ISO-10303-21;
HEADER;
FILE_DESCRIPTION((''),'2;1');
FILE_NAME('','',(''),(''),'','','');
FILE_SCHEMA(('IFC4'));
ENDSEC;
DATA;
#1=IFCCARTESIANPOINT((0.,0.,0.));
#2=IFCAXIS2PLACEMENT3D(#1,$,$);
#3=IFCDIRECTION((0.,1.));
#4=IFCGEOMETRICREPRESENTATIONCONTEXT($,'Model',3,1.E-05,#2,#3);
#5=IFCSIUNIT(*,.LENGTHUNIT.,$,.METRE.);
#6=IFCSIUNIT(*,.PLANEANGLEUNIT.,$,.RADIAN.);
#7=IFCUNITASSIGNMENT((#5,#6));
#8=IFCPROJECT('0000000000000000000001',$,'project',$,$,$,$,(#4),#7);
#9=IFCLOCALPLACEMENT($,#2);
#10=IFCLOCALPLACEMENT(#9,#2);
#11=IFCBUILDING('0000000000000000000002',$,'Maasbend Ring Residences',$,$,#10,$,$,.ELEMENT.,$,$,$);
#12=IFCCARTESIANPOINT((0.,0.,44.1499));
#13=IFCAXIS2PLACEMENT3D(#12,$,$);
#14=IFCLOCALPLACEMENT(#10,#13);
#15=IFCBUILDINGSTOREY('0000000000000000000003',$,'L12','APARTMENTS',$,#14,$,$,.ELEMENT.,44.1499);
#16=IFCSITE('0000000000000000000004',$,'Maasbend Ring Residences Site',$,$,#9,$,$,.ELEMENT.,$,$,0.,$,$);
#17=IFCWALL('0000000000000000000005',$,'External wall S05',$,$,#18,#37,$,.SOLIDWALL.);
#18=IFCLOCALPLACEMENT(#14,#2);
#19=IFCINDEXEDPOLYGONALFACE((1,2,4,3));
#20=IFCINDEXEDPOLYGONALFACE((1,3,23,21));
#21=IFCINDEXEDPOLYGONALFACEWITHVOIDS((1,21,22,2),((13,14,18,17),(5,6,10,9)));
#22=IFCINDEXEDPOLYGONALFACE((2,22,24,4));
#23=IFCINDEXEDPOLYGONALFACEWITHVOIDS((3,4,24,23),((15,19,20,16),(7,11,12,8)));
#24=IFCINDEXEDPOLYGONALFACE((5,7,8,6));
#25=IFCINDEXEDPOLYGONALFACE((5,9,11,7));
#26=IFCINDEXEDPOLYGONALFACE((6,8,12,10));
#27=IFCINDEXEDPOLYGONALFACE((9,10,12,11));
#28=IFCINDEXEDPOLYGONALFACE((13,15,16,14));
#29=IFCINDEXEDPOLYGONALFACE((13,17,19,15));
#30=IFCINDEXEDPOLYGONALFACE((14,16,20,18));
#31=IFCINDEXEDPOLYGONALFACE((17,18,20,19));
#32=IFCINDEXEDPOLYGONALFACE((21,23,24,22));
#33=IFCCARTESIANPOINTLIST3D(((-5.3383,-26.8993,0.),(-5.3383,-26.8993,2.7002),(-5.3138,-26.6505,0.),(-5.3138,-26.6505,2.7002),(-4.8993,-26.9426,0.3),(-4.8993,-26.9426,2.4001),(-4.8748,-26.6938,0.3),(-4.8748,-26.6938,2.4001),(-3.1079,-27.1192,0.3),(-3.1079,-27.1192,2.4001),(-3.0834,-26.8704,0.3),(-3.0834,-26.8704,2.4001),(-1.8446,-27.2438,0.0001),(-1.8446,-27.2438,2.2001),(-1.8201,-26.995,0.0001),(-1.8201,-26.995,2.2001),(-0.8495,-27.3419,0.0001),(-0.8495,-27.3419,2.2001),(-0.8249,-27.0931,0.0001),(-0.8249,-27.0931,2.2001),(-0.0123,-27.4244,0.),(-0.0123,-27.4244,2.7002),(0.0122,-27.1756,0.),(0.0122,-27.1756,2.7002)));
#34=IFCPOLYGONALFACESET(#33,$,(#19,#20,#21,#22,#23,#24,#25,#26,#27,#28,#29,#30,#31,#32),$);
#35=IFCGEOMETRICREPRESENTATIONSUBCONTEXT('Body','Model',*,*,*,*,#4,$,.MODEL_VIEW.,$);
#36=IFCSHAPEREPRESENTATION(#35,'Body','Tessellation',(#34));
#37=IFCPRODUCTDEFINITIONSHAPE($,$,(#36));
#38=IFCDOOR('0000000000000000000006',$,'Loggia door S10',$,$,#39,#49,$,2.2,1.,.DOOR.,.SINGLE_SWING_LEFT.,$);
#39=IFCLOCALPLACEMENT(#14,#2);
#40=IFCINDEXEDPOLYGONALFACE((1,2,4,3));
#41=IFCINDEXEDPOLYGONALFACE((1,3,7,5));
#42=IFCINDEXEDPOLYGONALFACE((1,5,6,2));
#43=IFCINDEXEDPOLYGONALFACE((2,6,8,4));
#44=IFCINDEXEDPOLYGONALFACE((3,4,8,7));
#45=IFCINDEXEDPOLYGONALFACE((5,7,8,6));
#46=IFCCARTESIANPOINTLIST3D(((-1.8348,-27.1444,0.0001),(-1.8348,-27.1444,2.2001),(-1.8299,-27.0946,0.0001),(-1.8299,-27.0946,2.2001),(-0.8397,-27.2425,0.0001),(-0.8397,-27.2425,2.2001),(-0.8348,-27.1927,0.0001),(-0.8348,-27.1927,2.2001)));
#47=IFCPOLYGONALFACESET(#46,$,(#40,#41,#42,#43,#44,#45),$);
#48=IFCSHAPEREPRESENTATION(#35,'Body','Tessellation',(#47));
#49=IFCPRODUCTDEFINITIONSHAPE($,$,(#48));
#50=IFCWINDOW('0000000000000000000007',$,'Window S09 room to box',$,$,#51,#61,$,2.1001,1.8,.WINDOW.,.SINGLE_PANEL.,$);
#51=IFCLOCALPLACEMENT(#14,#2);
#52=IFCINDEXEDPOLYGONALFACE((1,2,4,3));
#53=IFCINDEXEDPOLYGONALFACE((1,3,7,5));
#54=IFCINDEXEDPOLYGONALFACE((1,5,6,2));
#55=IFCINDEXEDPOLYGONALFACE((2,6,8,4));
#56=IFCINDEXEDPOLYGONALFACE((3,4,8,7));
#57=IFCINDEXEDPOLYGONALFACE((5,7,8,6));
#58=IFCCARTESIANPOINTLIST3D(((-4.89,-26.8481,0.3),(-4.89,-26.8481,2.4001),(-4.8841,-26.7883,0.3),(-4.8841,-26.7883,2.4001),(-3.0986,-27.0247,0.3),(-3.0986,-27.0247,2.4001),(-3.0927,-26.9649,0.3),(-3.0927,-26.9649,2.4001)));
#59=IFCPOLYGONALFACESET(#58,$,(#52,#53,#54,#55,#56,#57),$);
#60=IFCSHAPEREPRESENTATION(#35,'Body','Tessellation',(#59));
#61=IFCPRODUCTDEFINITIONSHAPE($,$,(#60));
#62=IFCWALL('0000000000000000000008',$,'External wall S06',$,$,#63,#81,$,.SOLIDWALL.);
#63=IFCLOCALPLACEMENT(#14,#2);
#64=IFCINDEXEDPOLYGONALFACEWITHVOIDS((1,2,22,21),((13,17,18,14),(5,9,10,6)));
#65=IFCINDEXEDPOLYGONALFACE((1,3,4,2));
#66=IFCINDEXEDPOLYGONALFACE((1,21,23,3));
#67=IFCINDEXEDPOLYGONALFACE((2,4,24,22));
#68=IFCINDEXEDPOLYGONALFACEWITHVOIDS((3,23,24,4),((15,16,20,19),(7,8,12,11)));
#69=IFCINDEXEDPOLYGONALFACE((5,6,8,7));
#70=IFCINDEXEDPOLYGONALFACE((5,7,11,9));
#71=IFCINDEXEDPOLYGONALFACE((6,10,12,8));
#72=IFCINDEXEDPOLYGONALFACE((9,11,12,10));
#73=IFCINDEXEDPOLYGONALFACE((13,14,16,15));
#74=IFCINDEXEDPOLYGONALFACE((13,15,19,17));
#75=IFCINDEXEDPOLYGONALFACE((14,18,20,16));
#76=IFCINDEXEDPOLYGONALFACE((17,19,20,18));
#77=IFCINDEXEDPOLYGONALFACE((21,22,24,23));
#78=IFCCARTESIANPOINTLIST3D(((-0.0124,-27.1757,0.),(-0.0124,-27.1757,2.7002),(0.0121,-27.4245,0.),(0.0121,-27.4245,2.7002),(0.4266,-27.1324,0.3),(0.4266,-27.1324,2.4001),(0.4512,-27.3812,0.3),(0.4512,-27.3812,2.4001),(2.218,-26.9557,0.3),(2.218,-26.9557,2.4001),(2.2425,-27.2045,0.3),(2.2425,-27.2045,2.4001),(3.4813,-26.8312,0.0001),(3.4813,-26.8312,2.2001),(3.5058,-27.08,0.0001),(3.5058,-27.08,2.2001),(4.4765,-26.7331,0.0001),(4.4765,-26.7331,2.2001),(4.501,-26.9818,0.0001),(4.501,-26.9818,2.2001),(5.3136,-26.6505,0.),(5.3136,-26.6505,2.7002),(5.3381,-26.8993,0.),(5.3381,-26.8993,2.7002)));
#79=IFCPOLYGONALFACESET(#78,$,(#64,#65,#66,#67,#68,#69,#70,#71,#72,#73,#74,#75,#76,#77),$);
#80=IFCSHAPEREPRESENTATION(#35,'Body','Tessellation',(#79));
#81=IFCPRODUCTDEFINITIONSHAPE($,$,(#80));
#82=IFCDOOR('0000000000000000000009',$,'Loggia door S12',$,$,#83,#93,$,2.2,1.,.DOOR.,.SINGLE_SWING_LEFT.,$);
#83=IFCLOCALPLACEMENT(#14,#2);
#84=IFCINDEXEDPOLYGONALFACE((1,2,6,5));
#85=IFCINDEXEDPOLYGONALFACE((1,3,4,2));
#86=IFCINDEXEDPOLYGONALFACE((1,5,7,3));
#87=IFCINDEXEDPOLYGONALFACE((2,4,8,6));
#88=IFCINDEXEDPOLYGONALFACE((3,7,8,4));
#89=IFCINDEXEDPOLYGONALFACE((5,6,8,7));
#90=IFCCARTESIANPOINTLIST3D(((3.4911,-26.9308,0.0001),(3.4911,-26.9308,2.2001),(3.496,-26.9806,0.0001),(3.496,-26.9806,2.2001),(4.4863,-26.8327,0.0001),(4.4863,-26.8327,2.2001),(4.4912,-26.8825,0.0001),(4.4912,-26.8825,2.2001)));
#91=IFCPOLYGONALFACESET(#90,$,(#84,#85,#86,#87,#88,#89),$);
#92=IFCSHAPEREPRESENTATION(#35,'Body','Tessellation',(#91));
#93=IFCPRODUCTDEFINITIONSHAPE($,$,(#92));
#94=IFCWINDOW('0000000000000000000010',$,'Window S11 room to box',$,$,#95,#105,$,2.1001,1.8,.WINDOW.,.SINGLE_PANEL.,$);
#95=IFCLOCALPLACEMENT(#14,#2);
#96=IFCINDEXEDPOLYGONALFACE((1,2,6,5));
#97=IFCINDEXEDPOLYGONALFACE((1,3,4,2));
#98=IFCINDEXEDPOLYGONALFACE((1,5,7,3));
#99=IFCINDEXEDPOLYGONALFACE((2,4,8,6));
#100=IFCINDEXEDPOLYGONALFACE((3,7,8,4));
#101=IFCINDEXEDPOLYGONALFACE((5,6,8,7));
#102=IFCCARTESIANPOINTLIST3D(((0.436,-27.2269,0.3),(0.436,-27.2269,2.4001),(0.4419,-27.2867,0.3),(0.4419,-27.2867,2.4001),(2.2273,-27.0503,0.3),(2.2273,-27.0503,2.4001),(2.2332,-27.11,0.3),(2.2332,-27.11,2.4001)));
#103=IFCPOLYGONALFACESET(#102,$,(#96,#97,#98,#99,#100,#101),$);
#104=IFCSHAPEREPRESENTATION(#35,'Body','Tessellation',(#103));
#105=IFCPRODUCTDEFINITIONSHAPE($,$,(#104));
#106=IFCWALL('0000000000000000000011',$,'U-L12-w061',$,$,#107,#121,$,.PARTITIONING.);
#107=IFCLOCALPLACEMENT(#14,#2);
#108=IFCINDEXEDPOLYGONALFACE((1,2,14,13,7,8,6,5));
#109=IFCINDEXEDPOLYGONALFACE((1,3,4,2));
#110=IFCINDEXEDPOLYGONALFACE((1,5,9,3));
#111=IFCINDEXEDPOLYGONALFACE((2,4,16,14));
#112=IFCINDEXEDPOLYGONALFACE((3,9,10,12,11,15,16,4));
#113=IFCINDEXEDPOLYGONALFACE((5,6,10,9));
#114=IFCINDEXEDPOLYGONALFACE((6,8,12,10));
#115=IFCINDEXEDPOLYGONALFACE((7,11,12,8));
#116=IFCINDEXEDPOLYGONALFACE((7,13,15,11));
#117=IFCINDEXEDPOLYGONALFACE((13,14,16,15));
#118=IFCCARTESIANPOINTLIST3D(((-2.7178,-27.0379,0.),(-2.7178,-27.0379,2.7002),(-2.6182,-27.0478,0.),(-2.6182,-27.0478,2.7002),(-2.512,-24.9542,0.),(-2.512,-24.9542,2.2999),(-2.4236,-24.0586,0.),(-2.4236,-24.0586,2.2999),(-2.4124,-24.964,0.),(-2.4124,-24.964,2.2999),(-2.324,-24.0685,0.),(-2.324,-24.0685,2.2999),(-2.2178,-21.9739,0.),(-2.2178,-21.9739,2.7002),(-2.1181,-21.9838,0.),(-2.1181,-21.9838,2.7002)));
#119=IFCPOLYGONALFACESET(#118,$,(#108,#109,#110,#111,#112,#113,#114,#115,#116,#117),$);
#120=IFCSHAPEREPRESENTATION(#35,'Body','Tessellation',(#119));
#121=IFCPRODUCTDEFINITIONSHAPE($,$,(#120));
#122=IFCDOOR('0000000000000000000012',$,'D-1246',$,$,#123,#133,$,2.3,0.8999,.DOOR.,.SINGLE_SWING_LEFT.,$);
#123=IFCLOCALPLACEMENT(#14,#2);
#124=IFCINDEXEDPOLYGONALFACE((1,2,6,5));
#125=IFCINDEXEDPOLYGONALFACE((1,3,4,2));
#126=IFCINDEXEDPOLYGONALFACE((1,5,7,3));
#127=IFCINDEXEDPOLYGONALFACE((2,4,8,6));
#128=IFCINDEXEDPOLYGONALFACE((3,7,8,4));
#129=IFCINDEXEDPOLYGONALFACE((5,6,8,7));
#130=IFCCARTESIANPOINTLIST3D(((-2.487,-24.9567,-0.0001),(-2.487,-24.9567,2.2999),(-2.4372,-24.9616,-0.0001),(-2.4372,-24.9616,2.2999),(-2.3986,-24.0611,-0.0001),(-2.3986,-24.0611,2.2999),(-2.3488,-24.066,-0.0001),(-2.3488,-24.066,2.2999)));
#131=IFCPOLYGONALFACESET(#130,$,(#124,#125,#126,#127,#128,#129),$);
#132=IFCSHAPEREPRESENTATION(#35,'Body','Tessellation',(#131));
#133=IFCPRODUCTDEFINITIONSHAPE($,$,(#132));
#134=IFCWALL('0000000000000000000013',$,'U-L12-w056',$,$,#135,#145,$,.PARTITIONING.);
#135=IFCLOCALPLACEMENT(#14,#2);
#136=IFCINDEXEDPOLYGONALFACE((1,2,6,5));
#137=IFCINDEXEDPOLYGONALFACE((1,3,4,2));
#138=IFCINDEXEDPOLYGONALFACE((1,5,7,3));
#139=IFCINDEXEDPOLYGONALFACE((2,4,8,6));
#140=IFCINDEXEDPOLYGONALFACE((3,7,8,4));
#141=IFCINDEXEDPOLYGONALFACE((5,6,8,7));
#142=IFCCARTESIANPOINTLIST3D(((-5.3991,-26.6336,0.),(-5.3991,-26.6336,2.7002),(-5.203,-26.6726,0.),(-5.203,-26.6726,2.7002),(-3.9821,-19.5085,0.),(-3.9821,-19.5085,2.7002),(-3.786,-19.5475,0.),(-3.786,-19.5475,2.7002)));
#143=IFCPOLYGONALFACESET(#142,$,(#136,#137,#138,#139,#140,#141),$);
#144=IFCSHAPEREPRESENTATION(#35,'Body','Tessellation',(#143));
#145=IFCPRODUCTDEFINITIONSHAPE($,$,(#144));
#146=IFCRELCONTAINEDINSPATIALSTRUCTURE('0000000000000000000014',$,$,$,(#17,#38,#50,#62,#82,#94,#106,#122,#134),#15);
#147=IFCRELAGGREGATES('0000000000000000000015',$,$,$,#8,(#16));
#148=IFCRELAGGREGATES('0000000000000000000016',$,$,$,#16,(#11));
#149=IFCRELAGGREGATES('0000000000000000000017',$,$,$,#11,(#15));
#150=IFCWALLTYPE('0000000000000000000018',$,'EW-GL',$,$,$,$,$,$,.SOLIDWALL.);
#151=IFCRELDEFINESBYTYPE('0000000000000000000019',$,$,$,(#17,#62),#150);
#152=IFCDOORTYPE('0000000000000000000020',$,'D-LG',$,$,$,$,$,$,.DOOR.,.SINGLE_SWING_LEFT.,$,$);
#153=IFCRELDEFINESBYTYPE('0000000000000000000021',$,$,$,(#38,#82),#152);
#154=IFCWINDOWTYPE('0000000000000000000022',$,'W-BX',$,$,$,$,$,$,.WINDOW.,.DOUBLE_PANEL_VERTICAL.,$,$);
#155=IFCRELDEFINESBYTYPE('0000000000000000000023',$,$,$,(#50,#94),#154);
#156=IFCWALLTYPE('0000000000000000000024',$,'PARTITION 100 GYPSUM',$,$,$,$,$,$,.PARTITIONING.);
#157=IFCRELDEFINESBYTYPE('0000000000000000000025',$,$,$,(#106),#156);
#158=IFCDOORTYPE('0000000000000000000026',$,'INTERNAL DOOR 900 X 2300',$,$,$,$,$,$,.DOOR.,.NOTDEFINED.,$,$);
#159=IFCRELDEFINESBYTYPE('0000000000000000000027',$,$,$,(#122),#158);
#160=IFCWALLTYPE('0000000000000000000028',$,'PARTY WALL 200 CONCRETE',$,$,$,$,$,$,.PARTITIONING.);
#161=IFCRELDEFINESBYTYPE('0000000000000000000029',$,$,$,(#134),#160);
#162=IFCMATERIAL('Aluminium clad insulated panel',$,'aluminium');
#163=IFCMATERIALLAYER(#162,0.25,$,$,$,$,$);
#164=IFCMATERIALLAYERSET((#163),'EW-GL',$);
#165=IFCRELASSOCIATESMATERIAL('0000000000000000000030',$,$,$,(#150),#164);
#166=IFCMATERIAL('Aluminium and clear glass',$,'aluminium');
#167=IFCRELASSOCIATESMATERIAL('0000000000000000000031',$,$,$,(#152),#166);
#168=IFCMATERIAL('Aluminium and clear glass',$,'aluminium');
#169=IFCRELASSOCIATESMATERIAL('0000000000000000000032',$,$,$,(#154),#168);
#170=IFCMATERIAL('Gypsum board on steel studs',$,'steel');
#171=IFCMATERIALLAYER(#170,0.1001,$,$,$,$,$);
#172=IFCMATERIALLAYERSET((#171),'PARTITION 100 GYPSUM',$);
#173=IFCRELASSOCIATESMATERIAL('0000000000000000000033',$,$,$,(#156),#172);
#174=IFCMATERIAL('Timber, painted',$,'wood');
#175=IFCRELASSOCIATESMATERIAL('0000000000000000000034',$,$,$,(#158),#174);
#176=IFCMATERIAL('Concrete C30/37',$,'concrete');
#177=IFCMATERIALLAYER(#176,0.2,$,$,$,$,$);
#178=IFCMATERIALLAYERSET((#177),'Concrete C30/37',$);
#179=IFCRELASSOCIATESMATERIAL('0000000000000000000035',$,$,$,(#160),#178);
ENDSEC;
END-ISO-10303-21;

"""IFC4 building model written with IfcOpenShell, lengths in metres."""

from ifc_helpers import new_model, si_unit, direction, frame, frame_2d, origin, place, context, subcontext, project, spatial, rectangle, extrude, material, layer, layer_set, type_object, element, fill, save


model = new_model("IFC4")

# Units and contexts
model_context = context("Model", 3, precision=1e-05, world=origin(), true_north=direction((0.0, 1.0)))
body_context = subcontext(model_context, "Body", "Model", "MODEL_VIEW")
ifc_project = project(units=[si_unit("LENGTHUNIT", "METRE"), si_unit("PLANEANGLEUNIT", "RADIAN")], contexts=[model_context])

# Site, building, storey
site_placement = place(None, origin())
site = spatial("IfcSite", under=ifc_project, at=site_placement, Name="Maasbend Ring Residences Site", CompositionType="ELEMENT", RefElevation=0.0)
building_placement = place(site_placement, origin())
building = spatial("IfcBuilding", under=site, at=building_placement, Name="Maasbend Ring Residences", CompositionType="ELEMENT")
storey_placement = place(building_placement, frame((0.0, 0.0, 44.1499)))
storey = spatial("IfcBuildingStorey", under=building, at=storey_placement, Name="L12", Description="APARTMENTS", CompositionType="ELEMENT", Elevation=44.1499)

# Walls, openings, doors, windows
ifc_material_1 = material(Name="Aluminium clad insulated panel", Category="aluminium")
ifc_layer_1 = layer(ifc_material_1, 0.25)
ifc_layer_set_1 = layer_set([ifc_layer_1], Name="EW-GL")
wall_type_1 = type_object("IfcWallType", Name="EW-GL", PredefinedType="SOLIDWALL", material=ifc_layer_set_1)
ifc_material_2 = material(Name="Aluminium and clear glass", Category="aluminium")
door_type_1 = type_object("IfcDoorType", Name="D-LG", OperationType="SINGLE_SWING_LEFT", PredefinedType="DOOR", material=ifc_material_2)
ifc_material_3 = material(Name="Aluminium and clear glass", Category="aluminium")
window_type_1 = type_object("IfcWindowType", Name="W-BX", PartitioningType="DOUBLE_PANEL_VERTICAL", PredefinedType="WINDOW", material=ifc_material_3)
wall_1_placement = place(storey_placement, frame((-5.3259, -26.7749, 0.0), z_axis=(0.0, 0.0, 1.0), x_axis=(0.995174, -0.098126, 0.0)))
wall_1 = element("IfcWall", 1, at=wall_1_placement, inside=storey, type_object=wall_type_1, Name="External wall S05", PredefinedType="SOLIDWALL", context=body_context, shape_type="SweptSolid", body=[
    extrude(rectangle(XDim=5.3518, YDim=0.25, at=frame_2d((2.6758, 0.0))), origin(), (0.0, 0.0, 1.0), 2.7002),
])
opening_1_placement = place(wall_1_placement, frame((0.4412, 0.0, 0.3)))
opening_1 = element("IfcOpeningElement", 2, at=opening_1_placement, cuts=wall_1, PredefinedType="OPENING", context=body_context, shape_type="SweptSolid", body=[
    extrude(rectangle(XDim=1.8, YDim=2.1001, at=frame_2d((0.8999, 1.05))), frame((0.0, 0.135, 0.0), z_axis=(0.0, -1.0, 0.0), x_axis=(1.0, 0.0, 0.0)), (0.0, 0.0, 1.0), 0.27),
])
opening_2_placement = place(wall_1_placement, frame((3.5105, 0.0, 0.0)))
opening_2 = element("IfcOpeningElement", 3, at=opening_2_placement, cuts=wall_1, PredefinedType="OPENING", context=body_context, shape_type="SweptSolid", body=[
    extrude(rectangle(XDim=1.0, YDim=2.2, at=frame_2d((0.5, 1.1001))), frame((0.0, 0.135, 0.0), z_axis=(0.0, -1.0, 0.0), x_axis=(1.0, 0.0, 0.0)), (0.0, 0.0, 1.0), 0.27),
])
door_1_placement = place(opening_2_placement, origin())
door_1 = element("IfcDoor", 4, at=door_1_placement, inside=storey, type_object=door_type_1, Name="Loggia door S10", OperationType="SINGLE_SWING_LEFT", OverallHeight=2.2, OverallWidth=1.0, PredefinedType="DOOR", context=body_context, shape_type="SweptSolid", body=[
    extrude(rectangle(XDim=1.0, YDim=2.2, at=frame_2d((0.5, 1.1001))), frame((0.0, 0.0249, 0.0), z_axis=(0.0, -1.0, 0.0), x_axis=(1.0, 0.0, 0.0)), (0.0, 0.0, 1.0), 0.05),
])
fill(opening_2, door_1)
window_1_placement = place(opening_1_placement, origin())
window_1 = element("IfcWindow", 5, at=window_1_placement, inside=storey, type_object=window_type_1, Name="Window S09 room to box", OverallHeight=2.1001, OverallWidth=1.8, PartitioningType="SINGLE_PANEL", PredefinedType="WINDOW", context=body_context, shape_type="SweptSolid", body=[
    extrude(rectangle(XDim=1.8, YDim=2.1001, at=frame_2d((0.8999, 1.05))), frame((0.0, 0.03, 0.0), z_axis=(0.0, -1.0, 0.0), x_axis=(1.0, 0.0, 0.0)), (0.0, 0.0, 1.0), 0.0601),
])
fill(opening_1, window_1)
wall_2_placement = place(storey_placement, frame((0.0, -27.3, 0.0), z_axis=(0.0, 0.0, 1.0), x_axis=(0.995174, 0.098126, 0.0)))
wall_2 = element("IfcWall", 6, at=wall_2_placement, inside=storey, type_object=wall_type_1, Name="External wall S06", PredefinedType="SOLIDWALL", context=body_context, shape_type="SweptSolid", body=[
    extrude(rectangle(XDim=5.3518, YDim=0.25, at=frame_2d((2.6758, 0.0))), origin(), (0.0, 0.0, 1.0), 2.7002),
])
opening_3_placement = place(wall_2_placement, frame((0.4412, 0.0, 0.3)))
opening_3 = element("IfcOpeningElement", 7, at=opening_3_placement, cuts=wall_2, PredefinedType="OPENING", context=body_context, shape_type="SweptSolid", body=[
    extrude(rectangle(XDim=1.8, YDim=2.1001, at=frame_2d((0.8999, 1.05))), frame((0.0, 0.135, 0.0), z_axis=(0.0, -1.0, 0.0), x_axis=(1.0, 0.0, 0.0)), (0.0, 0.0, 1.0), 0.27),
])
opening_4_placement = place(wall_2_placement, frame((3.5105, 0.0, 0.0)))
opening_4 = element("IfcOpeningElement", 8, at=opening_4_placement, cuts=wall_2, PredefinedType="OPENING", context=body_context, shape_type="SweptSolid", body=[
    extrude(rectangle(XDim=1.0, YDim=2.2, at=frame_2d((0.5, 1.1001))), frame((0.0, 0.135, 0.0), z_axis=(0.0, -1.0, 0.0), x_axis=(1.0, 0.0, 0.0)), (0.0, 0.0, 1.0), 0.27),
])
door_2_placement = place(opening_4_placement, origin())
door_2 = element("IfcDoor", 9, at=door_2_placement, inside=storey, type_object=door_type_1, Name="Loggia door S12", OperationType="SINGLE_SWING_LEFT", OverallHeight=2.2, OverallWidth=1.0, PredefinedType="DOOR", context=body_context, shape_type="SweptSolid", body=[
    extrude(rectangle(XDim=1.0, YDim=2.2, at=frame_2d((0.5, 1.1001))), frame((0.0, 0.0249, 0.0), z_axis=(0.0, -1.0, 0.0), x_axis=(1.0, 0.0, 0.0)), (0.0, 0.0, 1.0), 0.05),
])
fill(opening_4, door_2)
window_2_placement = place(opening_3_placement, origin())
window_2 = element("IfcWindow", 10, at=window_2_placement, inside=storey, type_object=window_type_1, Name="Window S11 room to box", OverallHeight=2.1001, OverallWidth=1.8, PartitioningType="SINGLE_PANEL", PredefinedType="WINDOW", context=body_context, shape_type="SweptSolid", body=[
    extrude(rectangle(XDim=1.8, YDim=2.1001, at=frame_2d((0.8999, 1.05))), frame((0.0, 0.03, 0.0), z_axis=(0.0, -1.0, 0.0), x_axis=(1.0, 0.0, 0.0)), (0.0, 0.0, 1.0), 0.0601),
])
fill(opening_3, window_2)

# Wall, opening, door
ifc_material_4 = material(Name="Gypsum board on steel studs", Category="steel")
ifc_layer_2 = layer(ifc_material_4, 0.1001)
ifc_layer_set_2 = layer_set([ifc_layer_2], Name="PARTITION 100 GYPSUM")
wall_type_2 = type_object("IfcWallType", Name="PARTITION 100 GYPSUM", PredefinedType="PARTITIONING", material=ifc_layer_set_2)
wall_3_placement = place(storey_placement, frame((-2.668, -27.043, 0.0), z_axis=(0.0, 0.0, 1.0), x_axis=(0.098259, 0.995161, 0.0)))
wall_3 = element("IfcWall", 11, at=wall_3_placement, inside=storey, type_object=wall_type_2, Name="U-L12-w061", PredefinedType="PARTITIONING", context=body_context, shape_type="SweptSolid", body=[
    extrude(rectangle(XDim=5.0886, YDim=0.1001, at=frame_2d((2.5444, 0.0))), origin(), (0.0, 0.0, 1.0), 2.7002),
])
opening_5_placement = place(wall_3_placement, frame((2.094, 0.0, 0.0)))
opening_5 = element("IfcOpeningElement", 12, at=opening_5_placement, cuts=wall_3, PredefinedType="OPENING", context=body_context, shape_type="SweptSolid", body=[
    extrude(rectangle(XDim=0.8999, YDim=2.3, at=frame_2d((0.45, 1.1499))), frame((0.0, 0.0601, 0.0), z_axis=(0.0, -1.0, 0.0), x_axis=(1.0, 0.0, 0.0)), (0.0, 0.0, 1.0), 0.1201),
])
ifc_material_5 = material(Name="Timber, painted", Category="wood")
door_type_2 = type_object("IfcDoorType", Name="INTERNAL DOOR 900 X 2300", OperationType="NOTDEFINED", PredefinedType="DOOR", material=ifc_material_5)
door_3_placement = place(opening_5_placement, origin())
door_3 = element("IfcDoor", 13, at=door_3_placement, inside=storey, type_object=door_type_2, Name="D-1246", OperationType="SINGLE_SWING_LEFT", OverallHeight=2.3, OverallWidth=0.8999, PredefinedType="DOOR", context=body_context, shape_type="SweptSolid", body=[
    extrude(rectangle(XDim=0.8999, YDim=2.3, at=frame_2d((0.45, 1.1499))), frame((0.0, 0.0249, 0.0), z_axis=(0.0, -1.0, 0.0), x_axis=(1.0, 0.0, 0.0)), (0.0, 0.0, 1.0), 0.05),
])
fill(opening_5, door_3)

# Wall
ifc_material_6 = material(Name="Concrete C30/37", Category="concrete")
ifc_layer_3 = layer(ifc_material_6, 0.2)
ifc_layer_set_3 = layer_set([ifc_layer_3], Name="Concrete C30/37")
wall_type_3 = type_object("IfcWallType", Name="PARTY WALL 200 CONCRETE", PredefinedType="PARTITIONING", material=ifc_layer_set_3)
wall_4_placement = place(storey_placement, frame((-5.301, -26.6531, 0.0), z_axis=(0.0, 0.0, 1.0), x_axis=(0.195056, 0.980792, 0.0)))
element("IfcWall", 14, at=wall_4_placement, inside=storey, type_object=wall_type_3, Name="U-L12-w056", PredefinedType="PARTITIONING", context=body_context, shape_type="SweptSolid", body=[
    extrude(rectangle(XDim=7.2646, YDim=0.2, at=frame_2d((3.6323, 0.0))), origin(), (0.0, 0.0, 1.0), 2.7002),
])

save(model, "model.ifc")
